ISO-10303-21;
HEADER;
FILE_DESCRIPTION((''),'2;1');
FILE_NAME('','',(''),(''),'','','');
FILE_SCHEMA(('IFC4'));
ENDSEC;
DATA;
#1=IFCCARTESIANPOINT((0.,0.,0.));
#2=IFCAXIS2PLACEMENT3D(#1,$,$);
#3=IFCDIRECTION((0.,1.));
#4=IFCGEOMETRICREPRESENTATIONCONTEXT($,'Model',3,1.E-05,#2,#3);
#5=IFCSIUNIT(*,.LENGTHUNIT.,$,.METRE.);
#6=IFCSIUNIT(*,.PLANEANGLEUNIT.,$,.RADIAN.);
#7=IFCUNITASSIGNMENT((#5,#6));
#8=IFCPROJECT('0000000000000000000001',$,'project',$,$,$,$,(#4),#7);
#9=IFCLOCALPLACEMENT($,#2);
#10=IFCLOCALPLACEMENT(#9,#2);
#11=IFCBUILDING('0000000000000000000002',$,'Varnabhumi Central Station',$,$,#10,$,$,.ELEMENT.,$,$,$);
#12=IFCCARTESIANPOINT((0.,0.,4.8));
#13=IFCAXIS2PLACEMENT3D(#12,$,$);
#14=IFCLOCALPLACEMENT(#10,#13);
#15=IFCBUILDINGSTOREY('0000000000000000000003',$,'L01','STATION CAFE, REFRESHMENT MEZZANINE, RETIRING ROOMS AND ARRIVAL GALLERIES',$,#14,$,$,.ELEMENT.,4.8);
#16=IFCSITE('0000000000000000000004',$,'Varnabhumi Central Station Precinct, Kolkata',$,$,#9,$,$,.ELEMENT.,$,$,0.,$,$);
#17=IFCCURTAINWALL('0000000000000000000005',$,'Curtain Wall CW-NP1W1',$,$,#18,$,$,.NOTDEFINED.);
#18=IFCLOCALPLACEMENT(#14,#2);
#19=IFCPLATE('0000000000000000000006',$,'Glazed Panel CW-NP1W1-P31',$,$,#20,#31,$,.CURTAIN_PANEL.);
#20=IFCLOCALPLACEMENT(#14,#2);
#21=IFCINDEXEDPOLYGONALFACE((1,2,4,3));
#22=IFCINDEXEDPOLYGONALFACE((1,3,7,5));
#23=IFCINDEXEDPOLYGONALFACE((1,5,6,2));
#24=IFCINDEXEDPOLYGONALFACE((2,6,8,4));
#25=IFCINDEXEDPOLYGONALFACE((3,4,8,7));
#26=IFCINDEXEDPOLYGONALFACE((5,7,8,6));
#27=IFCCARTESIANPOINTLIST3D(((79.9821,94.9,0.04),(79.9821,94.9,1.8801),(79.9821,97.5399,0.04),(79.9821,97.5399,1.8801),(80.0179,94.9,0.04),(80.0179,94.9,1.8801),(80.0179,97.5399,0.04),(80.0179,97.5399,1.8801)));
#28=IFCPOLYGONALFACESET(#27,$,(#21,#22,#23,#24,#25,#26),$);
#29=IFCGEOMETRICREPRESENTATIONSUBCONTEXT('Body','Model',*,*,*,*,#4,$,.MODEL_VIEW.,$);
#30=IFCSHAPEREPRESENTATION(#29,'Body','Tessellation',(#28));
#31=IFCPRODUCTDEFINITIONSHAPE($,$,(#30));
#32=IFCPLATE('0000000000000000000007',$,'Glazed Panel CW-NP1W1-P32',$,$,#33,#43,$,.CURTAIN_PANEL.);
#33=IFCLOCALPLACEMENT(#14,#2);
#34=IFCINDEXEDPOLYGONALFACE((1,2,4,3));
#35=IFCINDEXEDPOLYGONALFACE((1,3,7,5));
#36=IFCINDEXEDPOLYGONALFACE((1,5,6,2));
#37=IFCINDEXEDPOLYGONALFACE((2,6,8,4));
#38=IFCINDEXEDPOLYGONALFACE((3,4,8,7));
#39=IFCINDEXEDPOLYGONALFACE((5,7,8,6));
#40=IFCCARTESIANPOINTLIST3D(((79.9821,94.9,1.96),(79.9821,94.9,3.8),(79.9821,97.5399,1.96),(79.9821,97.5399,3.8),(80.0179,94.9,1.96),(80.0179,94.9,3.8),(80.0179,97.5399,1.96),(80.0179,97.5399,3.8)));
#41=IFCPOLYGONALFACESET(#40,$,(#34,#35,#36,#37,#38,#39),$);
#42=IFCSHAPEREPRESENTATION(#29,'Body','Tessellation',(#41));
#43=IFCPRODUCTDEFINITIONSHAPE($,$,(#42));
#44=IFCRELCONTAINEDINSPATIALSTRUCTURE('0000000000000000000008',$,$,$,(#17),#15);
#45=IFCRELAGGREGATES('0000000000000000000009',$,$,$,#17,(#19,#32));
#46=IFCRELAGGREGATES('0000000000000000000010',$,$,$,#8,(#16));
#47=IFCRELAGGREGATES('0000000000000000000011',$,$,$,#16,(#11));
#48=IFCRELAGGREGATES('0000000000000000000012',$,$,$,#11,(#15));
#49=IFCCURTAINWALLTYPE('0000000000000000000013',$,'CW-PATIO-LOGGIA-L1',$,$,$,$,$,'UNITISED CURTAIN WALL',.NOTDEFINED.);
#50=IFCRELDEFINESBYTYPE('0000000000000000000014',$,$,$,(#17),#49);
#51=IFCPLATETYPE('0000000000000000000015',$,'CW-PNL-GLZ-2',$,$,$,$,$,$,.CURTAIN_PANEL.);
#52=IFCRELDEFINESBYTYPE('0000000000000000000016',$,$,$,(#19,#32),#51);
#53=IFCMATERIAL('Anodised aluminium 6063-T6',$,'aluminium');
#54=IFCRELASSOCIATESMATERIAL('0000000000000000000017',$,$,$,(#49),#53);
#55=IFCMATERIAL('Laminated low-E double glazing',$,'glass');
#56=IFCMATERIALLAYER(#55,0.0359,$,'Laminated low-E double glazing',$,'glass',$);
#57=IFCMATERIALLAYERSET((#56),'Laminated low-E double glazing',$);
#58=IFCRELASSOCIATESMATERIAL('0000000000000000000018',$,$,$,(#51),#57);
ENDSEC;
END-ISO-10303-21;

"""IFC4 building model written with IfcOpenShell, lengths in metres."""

from ifc_helpers import new_model, si_unit, direction, frame, origin, origin_2d, place, context, subcontext, project, spatial, rectangle, extrude, material, layer, layer_set, type_object, element, aggregate, save


model = new_model("IFC4")

# Units and contexts
model_context = context("Model", 3, precision=1e-05, world=origin(), true_north=direction((0.0, 1.0)))
body_context = subcontext(model_context, "Body", "Model", "MODEL_VIEW")
ifc_project = project(units=[si_unit("LENGTHUNIT", "METRE"), si_unit("PLANEANGLEUNIT", "RADIAN")], contexts=[model_context])

# Site, building, storey
site_placement = place(None, origin())
site = spatial("IfcSite", under=ifc_project, at=site_placement, Name="Varnabhumi Central Station Precinct, Kolkata", CompositionType="ELEMENT", RefElevation=0.0)
building_placement = place(site_placement, origin())
building = spatial("IfcBuilding", under=site, at=building_placement, Name="Varnabhumi Central Station", CompositionType="ELEMENT")
storey_placement = place(building_placement, frame((0.0, 0.0, 4.8)))
storey = spatial("IfcBuildingStorey", under=building, at=storey_placement, Name="L01", Description="STATION CAFE, REFRESHMENT MEZZANINE, RETIRING ROOMS AND ARRIVAL GALLERIES", CompositionType="ELEMENT", Elevation=4.8)

# Curtain wall, plates
ifc_material_1 = material(Name="Anodised aluminium 6063-T6", Category="aluminium")
curtain_wall_type = type_object("IfcCurtainWallType", Name="CW-PATIO-LOGGIA-L1", ElementType="UNITISED CURTAIN WALL", PredefinedType="NOTDEFINED", material=ifc_material_1)
curtain_wall_placement = place(storey_placement, origin())
curtain_wall = element("IfcCurtainWall", 1, at=curtain_wall_placement, inside=storey, type_object=curtain_wall_type, Name="Curtain Wall CW-NP1W1", PredefinedType="NOTDEFINED")
ifc_material_2 = material(Name="Laminated low-E double glazing", Category="glass")
ifc_layer = layer(ifc_material_2, 0.0359, Name="Laminated low-E double glazing", Category="glass")
ifc_layer_set = layer_set([ifc_layer], Name="Laminated low-E double glazing")
plate_type = type_object("IfcPlateType", Name="CW-PNL-GLZ-2", PredefinedType="CURTAIN_PANEL", material=ifc_layer_set)
plate_1_placement = place(storey_placement, frame((80.0, 96.22, 0.04), z_axis=(0.0, 0.0, 1.0), x_axis=(0.0, 1.0, 0.0)))
plate_1 = element("IfcPlate", 2, at=plate_1_placement, type_object=plate_type, Name="Glazed Panel CW-NP1W1-P31", PredefinedType="CURTAIN_PANEL", context=body_context, shape_type="SweptSolid", body=[
    extrude(rectangle(XDim=2.6399, YDim=0.0359, at=origin_2d()), origin(), (0.0, 0.0, 1.0), 1.8401),
])
plate_2_placement = place(storey_placement, frame((80.0, 96.22, 1.96), z_axis=(0.0, 0.0, 1.0), x_axis=(0.0, 1.0, 0.0)))
plate_2 = element("IfcPlate", 3, at=plate_2_placement, type_object=plate_type, Name="Glazed Panel CW-NP1W1-P32", PredefinedType="CURTAIN_PANEL", context=body_context, shape_type="SweptSolid", body=[
    extrude(rectangle(XDim=2.6399, YDim=0.0359, at=origin_2d()), origin(), (0.0, 0.0, 1.0), 1.8401),
])
aggregate(curtain_wall, [plate_1, plate_2])

save(model, "model.ifc")
